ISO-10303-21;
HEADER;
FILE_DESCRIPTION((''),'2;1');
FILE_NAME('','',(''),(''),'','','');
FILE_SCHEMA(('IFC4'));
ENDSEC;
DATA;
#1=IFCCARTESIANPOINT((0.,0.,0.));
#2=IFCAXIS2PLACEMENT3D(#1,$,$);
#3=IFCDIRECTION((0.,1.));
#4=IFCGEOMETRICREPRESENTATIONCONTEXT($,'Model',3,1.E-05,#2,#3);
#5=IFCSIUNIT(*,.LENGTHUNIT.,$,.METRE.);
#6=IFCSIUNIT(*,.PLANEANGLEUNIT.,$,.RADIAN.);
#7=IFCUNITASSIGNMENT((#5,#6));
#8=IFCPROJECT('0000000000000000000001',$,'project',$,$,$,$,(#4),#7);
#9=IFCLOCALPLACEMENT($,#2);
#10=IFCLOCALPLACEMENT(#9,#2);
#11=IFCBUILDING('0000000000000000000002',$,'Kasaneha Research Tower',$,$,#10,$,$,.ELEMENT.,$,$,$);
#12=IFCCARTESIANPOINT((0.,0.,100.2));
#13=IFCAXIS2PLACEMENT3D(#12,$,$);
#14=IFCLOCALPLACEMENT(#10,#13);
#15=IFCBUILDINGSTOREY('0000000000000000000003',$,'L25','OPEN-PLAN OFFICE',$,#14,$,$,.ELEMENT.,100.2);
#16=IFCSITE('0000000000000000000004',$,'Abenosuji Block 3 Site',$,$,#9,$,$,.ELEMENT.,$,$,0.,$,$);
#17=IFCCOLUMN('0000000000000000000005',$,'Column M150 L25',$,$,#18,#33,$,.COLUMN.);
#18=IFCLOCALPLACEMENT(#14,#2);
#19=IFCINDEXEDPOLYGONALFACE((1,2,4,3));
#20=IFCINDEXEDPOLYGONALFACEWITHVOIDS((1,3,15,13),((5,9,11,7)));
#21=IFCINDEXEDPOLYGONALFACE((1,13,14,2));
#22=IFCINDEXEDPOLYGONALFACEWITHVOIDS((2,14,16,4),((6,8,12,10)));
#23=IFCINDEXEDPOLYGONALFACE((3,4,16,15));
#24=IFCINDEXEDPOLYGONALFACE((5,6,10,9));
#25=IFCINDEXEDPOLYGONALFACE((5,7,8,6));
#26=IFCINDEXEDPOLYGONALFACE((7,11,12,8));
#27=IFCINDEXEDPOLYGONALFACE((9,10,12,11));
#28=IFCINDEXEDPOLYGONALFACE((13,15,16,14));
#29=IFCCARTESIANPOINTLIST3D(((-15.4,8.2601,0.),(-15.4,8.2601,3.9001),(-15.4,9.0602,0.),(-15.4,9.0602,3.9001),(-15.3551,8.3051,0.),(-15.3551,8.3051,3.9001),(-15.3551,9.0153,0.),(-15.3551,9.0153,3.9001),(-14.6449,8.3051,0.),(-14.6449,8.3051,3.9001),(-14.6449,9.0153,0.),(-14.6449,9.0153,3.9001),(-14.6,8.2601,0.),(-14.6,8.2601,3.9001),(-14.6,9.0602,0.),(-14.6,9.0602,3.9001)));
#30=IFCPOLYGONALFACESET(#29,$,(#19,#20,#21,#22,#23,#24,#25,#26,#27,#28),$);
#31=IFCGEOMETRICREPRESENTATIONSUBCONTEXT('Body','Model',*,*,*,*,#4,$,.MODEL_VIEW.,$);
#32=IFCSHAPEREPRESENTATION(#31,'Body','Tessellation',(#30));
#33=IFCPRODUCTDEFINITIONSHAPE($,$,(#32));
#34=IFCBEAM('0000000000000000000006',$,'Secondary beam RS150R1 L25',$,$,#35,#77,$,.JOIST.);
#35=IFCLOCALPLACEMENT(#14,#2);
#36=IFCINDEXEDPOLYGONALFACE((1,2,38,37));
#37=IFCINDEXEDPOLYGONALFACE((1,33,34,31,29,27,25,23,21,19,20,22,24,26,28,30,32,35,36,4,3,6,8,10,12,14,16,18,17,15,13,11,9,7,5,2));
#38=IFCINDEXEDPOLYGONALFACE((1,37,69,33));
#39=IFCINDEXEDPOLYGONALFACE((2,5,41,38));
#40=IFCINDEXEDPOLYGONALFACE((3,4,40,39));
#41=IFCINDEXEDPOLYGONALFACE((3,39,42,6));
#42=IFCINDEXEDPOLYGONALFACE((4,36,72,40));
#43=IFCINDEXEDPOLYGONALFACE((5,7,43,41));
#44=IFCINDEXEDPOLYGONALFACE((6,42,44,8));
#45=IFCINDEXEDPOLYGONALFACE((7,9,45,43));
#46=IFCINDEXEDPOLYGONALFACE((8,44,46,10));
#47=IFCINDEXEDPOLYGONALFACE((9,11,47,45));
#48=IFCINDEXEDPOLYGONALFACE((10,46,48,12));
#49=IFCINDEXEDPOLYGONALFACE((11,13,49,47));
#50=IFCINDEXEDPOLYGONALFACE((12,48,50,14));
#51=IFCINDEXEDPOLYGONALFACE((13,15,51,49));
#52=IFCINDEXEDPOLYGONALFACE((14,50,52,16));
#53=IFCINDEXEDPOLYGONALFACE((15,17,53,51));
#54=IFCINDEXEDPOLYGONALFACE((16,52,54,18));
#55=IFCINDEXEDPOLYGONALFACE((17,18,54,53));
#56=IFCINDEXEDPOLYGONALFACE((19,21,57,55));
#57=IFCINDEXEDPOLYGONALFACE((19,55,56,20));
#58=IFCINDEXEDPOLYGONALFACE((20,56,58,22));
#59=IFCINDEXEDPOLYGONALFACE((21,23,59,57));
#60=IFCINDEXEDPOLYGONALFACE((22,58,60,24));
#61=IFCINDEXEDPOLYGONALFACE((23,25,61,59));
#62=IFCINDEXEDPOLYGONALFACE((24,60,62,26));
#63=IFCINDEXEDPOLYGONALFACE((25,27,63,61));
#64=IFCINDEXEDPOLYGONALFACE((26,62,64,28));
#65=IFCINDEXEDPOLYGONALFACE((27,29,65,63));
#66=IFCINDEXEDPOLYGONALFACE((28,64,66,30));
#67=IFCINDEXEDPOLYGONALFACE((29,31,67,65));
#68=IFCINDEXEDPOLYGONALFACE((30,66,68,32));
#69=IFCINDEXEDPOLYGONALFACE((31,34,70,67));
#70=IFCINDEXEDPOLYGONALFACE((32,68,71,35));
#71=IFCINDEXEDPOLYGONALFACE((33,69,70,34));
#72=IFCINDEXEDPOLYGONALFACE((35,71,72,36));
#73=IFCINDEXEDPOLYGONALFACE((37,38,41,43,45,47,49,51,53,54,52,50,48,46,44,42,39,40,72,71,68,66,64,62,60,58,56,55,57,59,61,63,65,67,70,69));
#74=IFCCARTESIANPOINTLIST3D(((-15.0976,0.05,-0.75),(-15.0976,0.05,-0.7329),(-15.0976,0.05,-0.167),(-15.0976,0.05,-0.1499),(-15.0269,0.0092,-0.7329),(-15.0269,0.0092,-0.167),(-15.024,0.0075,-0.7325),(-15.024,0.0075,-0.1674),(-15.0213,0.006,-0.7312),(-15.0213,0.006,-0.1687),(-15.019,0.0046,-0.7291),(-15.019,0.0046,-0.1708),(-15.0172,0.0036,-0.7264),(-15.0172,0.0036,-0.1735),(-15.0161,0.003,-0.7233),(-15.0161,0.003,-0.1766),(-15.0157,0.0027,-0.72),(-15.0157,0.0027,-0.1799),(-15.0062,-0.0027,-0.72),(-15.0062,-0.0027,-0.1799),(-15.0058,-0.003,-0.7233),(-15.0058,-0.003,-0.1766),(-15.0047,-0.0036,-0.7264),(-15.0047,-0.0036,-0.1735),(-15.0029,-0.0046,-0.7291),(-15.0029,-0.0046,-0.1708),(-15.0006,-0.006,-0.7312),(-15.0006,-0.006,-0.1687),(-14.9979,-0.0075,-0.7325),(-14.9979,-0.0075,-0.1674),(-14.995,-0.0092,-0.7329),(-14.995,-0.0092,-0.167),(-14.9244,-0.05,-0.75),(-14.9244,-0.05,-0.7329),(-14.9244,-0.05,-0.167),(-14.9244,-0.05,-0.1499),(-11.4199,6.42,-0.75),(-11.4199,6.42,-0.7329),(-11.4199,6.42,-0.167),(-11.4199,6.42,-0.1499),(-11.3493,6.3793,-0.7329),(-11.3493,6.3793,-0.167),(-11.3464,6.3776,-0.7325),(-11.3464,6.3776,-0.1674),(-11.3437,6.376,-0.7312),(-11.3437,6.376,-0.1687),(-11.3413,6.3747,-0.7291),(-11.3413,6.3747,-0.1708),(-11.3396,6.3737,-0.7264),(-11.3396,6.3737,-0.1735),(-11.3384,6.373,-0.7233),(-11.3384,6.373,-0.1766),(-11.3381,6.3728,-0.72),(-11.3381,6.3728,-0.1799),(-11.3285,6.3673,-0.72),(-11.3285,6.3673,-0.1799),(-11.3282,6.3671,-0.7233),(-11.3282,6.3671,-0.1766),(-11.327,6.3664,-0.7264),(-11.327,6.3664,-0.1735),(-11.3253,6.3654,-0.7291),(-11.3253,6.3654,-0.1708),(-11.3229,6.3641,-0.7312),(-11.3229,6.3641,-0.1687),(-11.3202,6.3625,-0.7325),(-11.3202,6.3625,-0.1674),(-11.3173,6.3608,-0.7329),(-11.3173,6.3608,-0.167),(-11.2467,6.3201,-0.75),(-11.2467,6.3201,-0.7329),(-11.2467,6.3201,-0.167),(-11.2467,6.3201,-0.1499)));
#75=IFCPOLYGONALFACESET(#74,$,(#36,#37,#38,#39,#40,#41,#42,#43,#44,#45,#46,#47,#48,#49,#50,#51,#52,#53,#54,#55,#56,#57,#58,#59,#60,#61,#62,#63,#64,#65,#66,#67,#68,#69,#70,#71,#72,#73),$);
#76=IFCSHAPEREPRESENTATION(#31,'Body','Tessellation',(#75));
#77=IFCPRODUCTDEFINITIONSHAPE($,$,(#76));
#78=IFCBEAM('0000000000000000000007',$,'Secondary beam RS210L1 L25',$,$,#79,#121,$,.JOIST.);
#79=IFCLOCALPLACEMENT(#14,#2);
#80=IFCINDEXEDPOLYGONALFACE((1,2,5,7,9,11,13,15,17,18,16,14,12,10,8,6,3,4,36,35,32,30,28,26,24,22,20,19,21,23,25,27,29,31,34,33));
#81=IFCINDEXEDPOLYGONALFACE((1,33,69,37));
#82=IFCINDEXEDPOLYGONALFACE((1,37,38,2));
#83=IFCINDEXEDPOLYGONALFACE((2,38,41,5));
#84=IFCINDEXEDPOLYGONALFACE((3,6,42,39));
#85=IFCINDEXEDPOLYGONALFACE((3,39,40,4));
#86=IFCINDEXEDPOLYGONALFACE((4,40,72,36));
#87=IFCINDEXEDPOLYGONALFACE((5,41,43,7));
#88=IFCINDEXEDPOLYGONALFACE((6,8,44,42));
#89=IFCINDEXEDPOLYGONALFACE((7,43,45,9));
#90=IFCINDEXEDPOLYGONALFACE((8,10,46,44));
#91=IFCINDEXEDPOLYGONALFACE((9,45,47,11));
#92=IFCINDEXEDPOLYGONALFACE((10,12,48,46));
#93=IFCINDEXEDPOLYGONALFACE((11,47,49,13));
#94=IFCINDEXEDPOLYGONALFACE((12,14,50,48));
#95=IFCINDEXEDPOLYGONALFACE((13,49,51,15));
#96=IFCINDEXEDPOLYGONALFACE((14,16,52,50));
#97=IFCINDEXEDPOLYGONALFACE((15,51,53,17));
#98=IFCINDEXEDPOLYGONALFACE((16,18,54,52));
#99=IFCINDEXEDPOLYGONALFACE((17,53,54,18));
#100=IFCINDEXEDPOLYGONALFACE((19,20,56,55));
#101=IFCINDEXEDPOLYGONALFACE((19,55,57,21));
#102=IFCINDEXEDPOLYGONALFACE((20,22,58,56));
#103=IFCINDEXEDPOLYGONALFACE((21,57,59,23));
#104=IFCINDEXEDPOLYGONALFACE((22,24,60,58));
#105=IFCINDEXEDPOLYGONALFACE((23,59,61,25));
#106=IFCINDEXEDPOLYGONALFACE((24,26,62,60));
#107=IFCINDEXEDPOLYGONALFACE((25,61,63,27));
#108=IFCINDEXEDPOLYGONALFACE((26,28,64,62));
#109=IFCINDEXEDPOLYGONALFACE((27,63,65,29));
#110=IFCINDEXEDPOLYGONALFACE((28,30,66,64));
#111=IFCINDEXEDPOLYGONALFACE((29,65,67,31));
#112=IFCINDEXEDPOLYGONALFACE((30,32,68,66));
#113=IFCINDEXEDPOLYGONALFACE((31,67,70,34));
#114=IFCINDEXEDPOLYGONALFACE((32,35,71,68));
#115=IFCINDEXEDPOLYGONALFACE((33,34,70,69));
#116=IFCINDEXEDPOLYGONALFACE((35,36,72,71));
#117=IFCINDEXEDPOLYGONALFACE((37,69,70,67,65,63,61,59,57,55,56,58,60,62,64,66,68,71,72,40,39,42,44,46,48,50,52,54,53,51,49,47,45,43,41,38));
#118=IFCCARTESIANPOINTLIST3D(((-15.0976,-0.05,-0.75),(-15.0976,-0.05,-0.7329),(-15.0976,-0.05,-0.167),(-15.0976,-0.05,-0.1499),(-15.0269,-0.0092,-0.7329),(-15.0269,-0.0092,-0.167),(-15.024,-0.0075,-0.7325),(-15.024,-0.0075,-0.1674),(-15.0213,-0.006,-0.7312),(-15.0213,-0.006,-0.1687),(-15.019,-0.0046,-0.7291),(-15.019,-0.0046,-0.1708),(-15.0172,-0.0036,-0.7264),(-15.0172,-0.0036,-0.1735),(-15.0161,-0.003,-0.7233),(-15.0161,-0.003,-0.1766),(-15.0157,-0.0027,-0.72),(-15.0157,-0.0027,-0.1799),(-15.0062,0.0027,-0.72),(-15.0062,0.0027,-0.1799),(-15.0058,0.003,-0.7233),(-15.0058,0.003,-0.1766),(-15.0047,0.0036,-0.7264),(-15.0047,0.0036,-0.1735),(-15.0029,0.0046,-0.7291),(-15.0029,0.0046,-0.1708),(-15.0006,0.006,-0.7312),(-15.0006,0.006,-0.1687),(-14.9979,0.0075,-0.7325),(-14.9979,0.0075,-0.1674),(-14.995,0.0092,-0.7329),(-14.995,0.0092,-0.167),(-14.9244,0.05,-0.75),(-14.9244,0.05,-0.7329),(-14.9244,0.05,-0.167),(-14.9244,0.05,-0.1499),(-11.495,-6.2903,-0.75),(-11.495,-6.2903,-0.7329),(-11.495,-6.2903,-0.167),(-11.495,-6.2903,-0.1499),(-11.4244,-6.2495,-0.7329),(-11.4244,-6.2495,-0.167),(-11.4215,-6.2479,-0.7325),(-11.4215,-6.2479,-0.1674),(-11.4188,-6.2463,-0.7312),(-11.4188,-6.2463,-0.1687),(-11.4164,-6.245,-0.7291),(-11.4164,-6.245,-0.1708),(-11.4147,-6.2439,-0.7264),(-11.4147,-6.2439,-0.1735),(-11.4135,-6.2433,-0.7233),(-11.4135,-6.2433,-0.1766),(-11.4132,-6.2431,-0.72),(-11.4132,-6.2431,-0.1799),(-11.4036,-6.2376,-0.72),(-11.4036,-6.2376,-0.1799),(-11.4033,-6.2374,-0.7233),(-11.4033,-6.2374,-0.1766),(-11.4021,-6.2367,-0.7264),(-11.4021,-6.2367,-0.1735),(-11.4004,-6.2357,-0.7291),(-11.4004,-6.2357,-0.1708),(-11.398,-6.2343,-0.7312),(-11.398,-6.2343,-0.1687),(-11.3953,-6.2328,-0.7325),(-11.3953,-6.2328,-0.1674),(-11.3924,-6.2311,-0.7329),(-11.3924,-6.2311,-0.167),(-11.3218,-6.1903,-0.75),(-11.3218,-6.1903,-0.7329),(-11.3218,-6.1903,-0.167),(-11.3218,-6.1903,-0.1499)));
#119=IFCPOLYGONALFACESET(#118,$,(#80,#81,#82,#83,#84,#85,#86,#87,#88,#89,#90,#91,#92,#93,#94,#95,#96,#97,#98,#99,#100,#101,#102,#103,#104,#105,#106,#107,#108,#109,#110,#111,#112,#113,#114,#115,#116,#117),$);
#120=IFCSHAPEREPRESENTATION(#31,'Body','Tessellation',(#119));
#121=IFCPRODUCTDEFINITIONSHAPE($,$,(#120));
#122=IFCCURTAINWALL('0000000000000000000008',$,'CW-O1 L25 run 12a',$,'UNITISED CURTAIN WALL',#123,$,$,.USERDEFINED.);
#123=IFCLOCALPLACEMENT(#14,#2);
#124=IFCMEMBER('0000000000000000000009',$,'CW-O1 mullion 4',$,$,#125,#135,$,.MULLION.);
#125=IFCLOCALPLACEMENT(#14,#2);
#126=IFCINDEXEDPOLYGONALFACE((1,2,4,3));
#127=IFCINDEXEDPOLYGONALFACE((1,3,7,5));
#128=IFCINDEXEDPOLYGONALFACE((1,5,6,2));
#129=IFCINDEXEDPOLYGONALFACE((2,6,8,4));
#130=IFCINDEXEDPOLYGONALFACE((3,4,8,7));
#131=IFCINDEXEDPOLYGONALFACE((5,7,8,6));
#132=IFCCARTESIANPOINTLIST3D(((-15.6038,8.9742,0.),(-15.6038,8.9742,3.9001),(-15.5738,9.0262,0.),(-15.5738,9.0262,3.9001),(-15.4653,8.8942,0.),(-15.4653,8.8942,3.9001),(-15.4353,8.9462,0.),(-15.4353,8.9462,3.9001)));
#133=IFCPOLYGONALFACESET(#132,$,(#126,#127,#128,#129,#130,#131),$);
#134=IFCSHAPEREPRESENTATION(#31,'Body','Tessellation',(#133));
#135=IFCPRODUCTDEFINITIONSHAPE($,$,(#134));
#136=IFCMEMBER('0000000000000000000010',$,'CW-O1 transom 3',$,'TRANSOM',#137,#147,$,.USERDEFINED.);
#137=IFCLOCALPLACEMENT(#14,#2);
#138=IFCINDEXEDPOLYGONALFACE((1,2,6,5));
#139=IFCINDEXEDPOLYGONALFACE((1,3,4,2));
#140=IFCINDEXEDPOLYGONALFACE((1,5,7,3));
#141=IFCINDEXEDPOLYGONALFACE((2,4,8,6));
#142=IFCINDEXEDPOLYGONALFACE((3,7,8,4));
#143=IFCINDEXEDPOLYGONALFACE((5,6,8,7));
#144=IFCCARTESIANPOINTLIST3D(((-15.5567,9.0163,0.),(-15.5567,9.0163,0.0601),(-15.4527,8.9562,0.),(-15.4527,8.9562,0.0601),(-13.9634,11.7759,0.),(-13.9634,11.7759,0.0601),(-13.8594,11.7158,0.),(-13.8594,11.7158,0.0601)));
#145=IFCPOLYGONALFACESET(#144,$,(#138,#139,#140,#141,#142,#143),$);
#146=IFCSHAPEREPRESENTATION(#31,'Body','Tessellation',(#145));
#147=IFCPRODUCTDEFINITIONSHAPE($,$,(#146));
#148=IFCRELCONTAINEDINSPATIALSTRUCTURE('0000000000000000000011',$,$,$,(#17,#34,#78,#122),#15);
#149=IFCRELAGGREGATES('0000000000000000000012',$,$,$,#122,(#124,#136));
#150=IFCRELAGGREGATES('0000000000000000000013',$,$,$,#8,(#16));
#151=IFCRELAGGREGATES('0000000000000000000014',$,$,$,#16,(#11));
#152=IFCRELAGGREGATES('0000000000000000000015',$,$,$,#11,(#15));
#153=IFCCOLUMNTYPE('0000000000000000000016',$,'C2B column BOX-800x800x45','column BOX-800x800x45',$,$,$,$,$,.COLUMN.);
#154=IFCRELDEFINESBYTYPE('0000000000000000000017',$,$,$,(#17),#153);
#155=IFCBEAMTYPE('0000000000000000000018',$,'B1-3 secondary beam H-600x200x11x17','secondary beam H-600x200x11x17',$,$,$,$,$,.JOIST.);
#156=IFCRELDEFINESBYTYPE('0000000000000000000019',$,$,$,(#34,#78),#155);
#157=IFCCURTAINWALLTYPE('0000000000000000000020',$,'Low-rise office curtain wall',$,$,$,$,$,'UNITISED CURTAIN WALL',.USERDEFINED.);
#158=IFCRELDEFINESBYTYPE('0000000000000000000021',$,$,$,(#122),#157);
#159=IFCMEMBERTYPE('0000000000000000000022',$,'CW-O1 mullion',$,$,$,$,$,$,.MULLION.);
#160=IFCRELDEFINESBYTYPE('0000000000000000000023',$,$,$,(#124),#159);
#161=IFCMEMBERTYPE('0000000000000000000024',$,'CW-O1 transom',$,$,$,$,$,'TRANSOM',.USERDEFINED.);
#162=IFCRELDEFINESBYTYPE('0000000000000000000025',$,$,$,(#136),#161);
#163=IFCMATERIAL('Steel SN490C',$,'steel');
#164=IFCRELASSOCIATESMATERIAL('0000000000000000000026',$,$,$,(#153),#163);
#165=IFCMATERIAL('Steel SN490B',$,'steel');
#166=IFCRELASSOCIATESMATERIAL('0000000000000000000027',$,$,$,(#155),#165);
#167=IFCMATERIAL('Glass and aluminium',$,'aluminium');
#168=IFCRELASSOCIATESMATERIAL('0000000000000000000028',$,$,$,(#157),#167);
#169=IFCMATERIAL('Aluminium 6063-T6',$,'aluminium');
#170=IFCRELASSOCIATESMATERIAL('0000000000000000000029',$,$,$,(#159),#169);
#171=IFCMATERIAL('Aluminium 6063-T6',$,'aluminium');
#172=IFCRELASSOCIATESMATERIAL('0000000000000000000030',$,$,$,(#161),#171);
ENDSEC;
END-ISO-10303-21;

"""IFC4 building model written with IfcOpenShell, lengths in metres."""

from ifc_helpers import new_model, si_unit, direction, frame, origin, origin_2d, place, context, subcontext, project, spatial, rectangle, hollow_rectangle, i_section, extrude, material, material_profile, profile_set, type_object, element, aggregate, save


model = new_model("IFC4")

# Units and contexts
model_context = context("Model", 3, precision=1e-05, world=origin(), true_north=direction((0.0, 1.0)))
body_context = subcontext(model_context, "Body", "Model", "MODEL_VIEW")
ifc_project = project(units=[si_unit("LENGTHUNIT", "METRE"), si_unit("PLANEANGLEUNIT", "RADIAN")], contexts=[model_context])

# Site, building, storey
site_placement = place(None, origin())
site = spatial("IfcSite", under=ifc_project, at=site_placement, Name="Abenosuji Block 3 Site", CompositionType="ELEMENT", RefElevation=0.0)
building_placement = place(site_placement, origin())
building = spatial("IfcBuilding", under=site, at=building_placement, Name="Kasaneha Research Tower", CompositionType="ELEMENT")
storey_placement = place(building_placement, frame((0.0, 0.0, 100.2)))
storey = spatial("IfcBuildingStorey", under=building, at=storey_placement, Name="L25", Description="OPEN-PLAN OFFICE", CompositionType="ELEMENT", Elevation=100.2)

# Column
ifc_material_1 = material(Name="Steel SN490C", Category="steel")
ifc_material_profile_1 = material_profile(ifc_material_1, hollow_rectangle(XDim=0.8, YDim=0.8, WallThickness=0.0449, at=origin_2d()), Name="BOX-800x800x45")
ifc_profile_set_1 = profile_set([ifc_material_profile_1], Name="Steel SN490C")
column_type = type_object("IfcColumnType", Name="C2B column BOX-800x800x45", Description="column BOX-800x800x45", PredefinedType="COLUMN", material=ifc_profile_set_1)
column_placement = place(storey_placement, frame((-15.0, 8.6602, 0.0), z_axis=(0.0, 0.0, 1.0), x_axis=(1.0, 0.0, 0.0)))
element("IfcColumn", 1, at=column_placement, inside=storey, type_object=column_type, Name="Column M150 L25", PredefinedType="COLUMN", context=body_context, shape_type="SweptSolid", body=[
    extrude(hollow_rectangle(XDim=0.8, YDim=0.8, WallThickness=0.0449, at=origin_2d()), origin(), (0.0, 0.0, 1.0), 3.9001),
])

# Beams
ifc_material_2 = material(Name="Steel SN490B", Category="steel")
ifc_material_profile_2 = material_profile(ifc_material_2, i_section(OverallWidth=0.2, OverallDepth=0.6001, WebThickness=0.011, FlangeThickness=0.0171, FilletRadius=0.0129, at=origin_2d()), Name="H-600x200x11x17")
ifc_profile_set_2 = profile_set([ifc_material_profile_2], Name="Steel SN490B")
beam_type_1 = type_object("IfcBeamType", Name="B1-3 secondary beam H-600x200x11x17", Description="secondary beam H-600x200x11x17", PredefinedType="JOIST", material=ifc_profile_set_2)
beam_1_placement = place(storey_placement, frame((-15.011, 0.0, -0.45), z_axis=(0.499994, 0.866029, 0.0), x_axis=(-0.866029, 0.499994, 0.0)))
element("IfcBeam", 2, at=beam_1_placement, inside=storey, type_object=beam_type_1, Name="Secondary beam RS150R1 L25", PredefinedType="JOIST", context=body_context, shape_type="SweptSolid", body=[
    extrude(i_section(OverallWidth=0.2, OverallDepth=0.6001, WebThickness=0.011, FlangeThickness=0.0171, FilletRadius=0.0129, at=origin_2d()), origin(), (0.0, 0.0, 1.0), 7.3555),
])
beam_2_placement = place(storey_placement, frame((-15.011, 0.0, -0.45), z_axis=(0.499973, -0.866041, 0.0), x_axis=(0.866041, 0.499973, 0.0)))
element("IfcBeam", 3, at=beam_2_placement, inside=storey, type_object=beam_type_1, Name="Secondary beam RS210L1 L25", PredefinedType="JOIST", context=body_context, shape_type="SweptSolid", body=[
    extrude(i_section(OverallWidth=0.2, OverallDepth=0.6001, WebThickness=0.011, FlangeThickness=0.0171, FilletRadius=0.0129, at=origin_2d()), origin(), (0.0, 0.0, 1.0), 7.2056),
])

# Curtain wall, members
ifc_material_3 = material(Name="Glass and aluminium", Category="aluminium")
curtain_wall_type = type_object("IfcCurtainWallType", Name="Low-rise office curtain wall", ElementType="UNITISED CURTAIN WALL", PredefinedType="USERDEFINED", material=ifc_material_3)
curtain_wall_placement = place(storey_placement, origin())
curtain_wall = element("IfcCurtainWall", 4, at=curtain_wall_placement, inside=storey, type_object=curtain_wall_type, Name="CW-O1 L25 run 12a", ObjectType="UNITISED CURTAIN WALL", PredefinedType="USERDEFINED")
ifc_material_4 = material(Name="Aluminium 6063-T6", Category="aluminium")
ifc_material_profile_3 = material_profile(ifc_material_4, rectangle(XDim=0.0601, YDim=0.1599, at=origin_2d()), Name="CW-O1 mullion 60x160")
ifc_profile_set_3 = profile_set([ifc_material_profile_3], Name="Aluminium 6063-T6")
member_type_1 = type_object("IfcMemberType", Name="CW-O1 mullion", PredefinedType="MULLION", material=ifc_profile_set_3)
member_1_placement = place(storey_placement, frame((-15.5195, 8.9602, 0.0), z_axis=(0.0, 0.0, 1.0), x_axis=(-0.5, -0.866025, 0.0)))
member_1 = element("IfcMember", 5, at=member_1_placement, type_object=member_type_1, Name="CW-O1 mullion 4", PredefinedType="MULLION", context=body_context, shape_type="SweptSolid", body=[
    extrude(rectangle(XDim=0.0601, YDim=0.1599, at=origin_2d()), origin(), (0.0, 0.0, 1.0), 3.9001),
])
ifc_material_5 = material(Name="Aluminium 6063-T6", Category="aluminium")
ifc_material_profile_4 = material_profile(ifc_material_5, rectangle(XDim=0.1201, YDim=0.0601, at=origin_2d()), Name="CW-O1 transom 120x60")
ifc_profile_set_4 = profile_set([ifc_material_profile_4], Name="Aluminium 6063-T6")
member_type_2 = type_object("IfcMemberType", Name="CW-O1 transom", ElementType="TRANSOM", PredefinedType="USERDEFINED", material=ifc_profile_set_4)
member_2_placement = place(storey_placement, frame((-13.9114, 11.7458, 0.03), z_axis=(-0.500012, -0.866018, 0.0), x_axis=(0.866018, -0.500012, 0.0)))
member_2 = element("IfcMember", 6, at=member_2_placement, type_object=member_type_2, Name="CW-O1 transom 3", ObjectType="TRANSOM", PredefinedType="USERDEFINED", context=body_context, shape_type="SweptSolid", body=[
    extrude(rectangle(XDim=0.1201, YDim=0.0601, at=origin_2d()), origin(), (0.0, 0.0, 1.0), 3.1865),
])

aggregate(curtain_wall, [member_1, member_2])

save(model, "model.ifc")
